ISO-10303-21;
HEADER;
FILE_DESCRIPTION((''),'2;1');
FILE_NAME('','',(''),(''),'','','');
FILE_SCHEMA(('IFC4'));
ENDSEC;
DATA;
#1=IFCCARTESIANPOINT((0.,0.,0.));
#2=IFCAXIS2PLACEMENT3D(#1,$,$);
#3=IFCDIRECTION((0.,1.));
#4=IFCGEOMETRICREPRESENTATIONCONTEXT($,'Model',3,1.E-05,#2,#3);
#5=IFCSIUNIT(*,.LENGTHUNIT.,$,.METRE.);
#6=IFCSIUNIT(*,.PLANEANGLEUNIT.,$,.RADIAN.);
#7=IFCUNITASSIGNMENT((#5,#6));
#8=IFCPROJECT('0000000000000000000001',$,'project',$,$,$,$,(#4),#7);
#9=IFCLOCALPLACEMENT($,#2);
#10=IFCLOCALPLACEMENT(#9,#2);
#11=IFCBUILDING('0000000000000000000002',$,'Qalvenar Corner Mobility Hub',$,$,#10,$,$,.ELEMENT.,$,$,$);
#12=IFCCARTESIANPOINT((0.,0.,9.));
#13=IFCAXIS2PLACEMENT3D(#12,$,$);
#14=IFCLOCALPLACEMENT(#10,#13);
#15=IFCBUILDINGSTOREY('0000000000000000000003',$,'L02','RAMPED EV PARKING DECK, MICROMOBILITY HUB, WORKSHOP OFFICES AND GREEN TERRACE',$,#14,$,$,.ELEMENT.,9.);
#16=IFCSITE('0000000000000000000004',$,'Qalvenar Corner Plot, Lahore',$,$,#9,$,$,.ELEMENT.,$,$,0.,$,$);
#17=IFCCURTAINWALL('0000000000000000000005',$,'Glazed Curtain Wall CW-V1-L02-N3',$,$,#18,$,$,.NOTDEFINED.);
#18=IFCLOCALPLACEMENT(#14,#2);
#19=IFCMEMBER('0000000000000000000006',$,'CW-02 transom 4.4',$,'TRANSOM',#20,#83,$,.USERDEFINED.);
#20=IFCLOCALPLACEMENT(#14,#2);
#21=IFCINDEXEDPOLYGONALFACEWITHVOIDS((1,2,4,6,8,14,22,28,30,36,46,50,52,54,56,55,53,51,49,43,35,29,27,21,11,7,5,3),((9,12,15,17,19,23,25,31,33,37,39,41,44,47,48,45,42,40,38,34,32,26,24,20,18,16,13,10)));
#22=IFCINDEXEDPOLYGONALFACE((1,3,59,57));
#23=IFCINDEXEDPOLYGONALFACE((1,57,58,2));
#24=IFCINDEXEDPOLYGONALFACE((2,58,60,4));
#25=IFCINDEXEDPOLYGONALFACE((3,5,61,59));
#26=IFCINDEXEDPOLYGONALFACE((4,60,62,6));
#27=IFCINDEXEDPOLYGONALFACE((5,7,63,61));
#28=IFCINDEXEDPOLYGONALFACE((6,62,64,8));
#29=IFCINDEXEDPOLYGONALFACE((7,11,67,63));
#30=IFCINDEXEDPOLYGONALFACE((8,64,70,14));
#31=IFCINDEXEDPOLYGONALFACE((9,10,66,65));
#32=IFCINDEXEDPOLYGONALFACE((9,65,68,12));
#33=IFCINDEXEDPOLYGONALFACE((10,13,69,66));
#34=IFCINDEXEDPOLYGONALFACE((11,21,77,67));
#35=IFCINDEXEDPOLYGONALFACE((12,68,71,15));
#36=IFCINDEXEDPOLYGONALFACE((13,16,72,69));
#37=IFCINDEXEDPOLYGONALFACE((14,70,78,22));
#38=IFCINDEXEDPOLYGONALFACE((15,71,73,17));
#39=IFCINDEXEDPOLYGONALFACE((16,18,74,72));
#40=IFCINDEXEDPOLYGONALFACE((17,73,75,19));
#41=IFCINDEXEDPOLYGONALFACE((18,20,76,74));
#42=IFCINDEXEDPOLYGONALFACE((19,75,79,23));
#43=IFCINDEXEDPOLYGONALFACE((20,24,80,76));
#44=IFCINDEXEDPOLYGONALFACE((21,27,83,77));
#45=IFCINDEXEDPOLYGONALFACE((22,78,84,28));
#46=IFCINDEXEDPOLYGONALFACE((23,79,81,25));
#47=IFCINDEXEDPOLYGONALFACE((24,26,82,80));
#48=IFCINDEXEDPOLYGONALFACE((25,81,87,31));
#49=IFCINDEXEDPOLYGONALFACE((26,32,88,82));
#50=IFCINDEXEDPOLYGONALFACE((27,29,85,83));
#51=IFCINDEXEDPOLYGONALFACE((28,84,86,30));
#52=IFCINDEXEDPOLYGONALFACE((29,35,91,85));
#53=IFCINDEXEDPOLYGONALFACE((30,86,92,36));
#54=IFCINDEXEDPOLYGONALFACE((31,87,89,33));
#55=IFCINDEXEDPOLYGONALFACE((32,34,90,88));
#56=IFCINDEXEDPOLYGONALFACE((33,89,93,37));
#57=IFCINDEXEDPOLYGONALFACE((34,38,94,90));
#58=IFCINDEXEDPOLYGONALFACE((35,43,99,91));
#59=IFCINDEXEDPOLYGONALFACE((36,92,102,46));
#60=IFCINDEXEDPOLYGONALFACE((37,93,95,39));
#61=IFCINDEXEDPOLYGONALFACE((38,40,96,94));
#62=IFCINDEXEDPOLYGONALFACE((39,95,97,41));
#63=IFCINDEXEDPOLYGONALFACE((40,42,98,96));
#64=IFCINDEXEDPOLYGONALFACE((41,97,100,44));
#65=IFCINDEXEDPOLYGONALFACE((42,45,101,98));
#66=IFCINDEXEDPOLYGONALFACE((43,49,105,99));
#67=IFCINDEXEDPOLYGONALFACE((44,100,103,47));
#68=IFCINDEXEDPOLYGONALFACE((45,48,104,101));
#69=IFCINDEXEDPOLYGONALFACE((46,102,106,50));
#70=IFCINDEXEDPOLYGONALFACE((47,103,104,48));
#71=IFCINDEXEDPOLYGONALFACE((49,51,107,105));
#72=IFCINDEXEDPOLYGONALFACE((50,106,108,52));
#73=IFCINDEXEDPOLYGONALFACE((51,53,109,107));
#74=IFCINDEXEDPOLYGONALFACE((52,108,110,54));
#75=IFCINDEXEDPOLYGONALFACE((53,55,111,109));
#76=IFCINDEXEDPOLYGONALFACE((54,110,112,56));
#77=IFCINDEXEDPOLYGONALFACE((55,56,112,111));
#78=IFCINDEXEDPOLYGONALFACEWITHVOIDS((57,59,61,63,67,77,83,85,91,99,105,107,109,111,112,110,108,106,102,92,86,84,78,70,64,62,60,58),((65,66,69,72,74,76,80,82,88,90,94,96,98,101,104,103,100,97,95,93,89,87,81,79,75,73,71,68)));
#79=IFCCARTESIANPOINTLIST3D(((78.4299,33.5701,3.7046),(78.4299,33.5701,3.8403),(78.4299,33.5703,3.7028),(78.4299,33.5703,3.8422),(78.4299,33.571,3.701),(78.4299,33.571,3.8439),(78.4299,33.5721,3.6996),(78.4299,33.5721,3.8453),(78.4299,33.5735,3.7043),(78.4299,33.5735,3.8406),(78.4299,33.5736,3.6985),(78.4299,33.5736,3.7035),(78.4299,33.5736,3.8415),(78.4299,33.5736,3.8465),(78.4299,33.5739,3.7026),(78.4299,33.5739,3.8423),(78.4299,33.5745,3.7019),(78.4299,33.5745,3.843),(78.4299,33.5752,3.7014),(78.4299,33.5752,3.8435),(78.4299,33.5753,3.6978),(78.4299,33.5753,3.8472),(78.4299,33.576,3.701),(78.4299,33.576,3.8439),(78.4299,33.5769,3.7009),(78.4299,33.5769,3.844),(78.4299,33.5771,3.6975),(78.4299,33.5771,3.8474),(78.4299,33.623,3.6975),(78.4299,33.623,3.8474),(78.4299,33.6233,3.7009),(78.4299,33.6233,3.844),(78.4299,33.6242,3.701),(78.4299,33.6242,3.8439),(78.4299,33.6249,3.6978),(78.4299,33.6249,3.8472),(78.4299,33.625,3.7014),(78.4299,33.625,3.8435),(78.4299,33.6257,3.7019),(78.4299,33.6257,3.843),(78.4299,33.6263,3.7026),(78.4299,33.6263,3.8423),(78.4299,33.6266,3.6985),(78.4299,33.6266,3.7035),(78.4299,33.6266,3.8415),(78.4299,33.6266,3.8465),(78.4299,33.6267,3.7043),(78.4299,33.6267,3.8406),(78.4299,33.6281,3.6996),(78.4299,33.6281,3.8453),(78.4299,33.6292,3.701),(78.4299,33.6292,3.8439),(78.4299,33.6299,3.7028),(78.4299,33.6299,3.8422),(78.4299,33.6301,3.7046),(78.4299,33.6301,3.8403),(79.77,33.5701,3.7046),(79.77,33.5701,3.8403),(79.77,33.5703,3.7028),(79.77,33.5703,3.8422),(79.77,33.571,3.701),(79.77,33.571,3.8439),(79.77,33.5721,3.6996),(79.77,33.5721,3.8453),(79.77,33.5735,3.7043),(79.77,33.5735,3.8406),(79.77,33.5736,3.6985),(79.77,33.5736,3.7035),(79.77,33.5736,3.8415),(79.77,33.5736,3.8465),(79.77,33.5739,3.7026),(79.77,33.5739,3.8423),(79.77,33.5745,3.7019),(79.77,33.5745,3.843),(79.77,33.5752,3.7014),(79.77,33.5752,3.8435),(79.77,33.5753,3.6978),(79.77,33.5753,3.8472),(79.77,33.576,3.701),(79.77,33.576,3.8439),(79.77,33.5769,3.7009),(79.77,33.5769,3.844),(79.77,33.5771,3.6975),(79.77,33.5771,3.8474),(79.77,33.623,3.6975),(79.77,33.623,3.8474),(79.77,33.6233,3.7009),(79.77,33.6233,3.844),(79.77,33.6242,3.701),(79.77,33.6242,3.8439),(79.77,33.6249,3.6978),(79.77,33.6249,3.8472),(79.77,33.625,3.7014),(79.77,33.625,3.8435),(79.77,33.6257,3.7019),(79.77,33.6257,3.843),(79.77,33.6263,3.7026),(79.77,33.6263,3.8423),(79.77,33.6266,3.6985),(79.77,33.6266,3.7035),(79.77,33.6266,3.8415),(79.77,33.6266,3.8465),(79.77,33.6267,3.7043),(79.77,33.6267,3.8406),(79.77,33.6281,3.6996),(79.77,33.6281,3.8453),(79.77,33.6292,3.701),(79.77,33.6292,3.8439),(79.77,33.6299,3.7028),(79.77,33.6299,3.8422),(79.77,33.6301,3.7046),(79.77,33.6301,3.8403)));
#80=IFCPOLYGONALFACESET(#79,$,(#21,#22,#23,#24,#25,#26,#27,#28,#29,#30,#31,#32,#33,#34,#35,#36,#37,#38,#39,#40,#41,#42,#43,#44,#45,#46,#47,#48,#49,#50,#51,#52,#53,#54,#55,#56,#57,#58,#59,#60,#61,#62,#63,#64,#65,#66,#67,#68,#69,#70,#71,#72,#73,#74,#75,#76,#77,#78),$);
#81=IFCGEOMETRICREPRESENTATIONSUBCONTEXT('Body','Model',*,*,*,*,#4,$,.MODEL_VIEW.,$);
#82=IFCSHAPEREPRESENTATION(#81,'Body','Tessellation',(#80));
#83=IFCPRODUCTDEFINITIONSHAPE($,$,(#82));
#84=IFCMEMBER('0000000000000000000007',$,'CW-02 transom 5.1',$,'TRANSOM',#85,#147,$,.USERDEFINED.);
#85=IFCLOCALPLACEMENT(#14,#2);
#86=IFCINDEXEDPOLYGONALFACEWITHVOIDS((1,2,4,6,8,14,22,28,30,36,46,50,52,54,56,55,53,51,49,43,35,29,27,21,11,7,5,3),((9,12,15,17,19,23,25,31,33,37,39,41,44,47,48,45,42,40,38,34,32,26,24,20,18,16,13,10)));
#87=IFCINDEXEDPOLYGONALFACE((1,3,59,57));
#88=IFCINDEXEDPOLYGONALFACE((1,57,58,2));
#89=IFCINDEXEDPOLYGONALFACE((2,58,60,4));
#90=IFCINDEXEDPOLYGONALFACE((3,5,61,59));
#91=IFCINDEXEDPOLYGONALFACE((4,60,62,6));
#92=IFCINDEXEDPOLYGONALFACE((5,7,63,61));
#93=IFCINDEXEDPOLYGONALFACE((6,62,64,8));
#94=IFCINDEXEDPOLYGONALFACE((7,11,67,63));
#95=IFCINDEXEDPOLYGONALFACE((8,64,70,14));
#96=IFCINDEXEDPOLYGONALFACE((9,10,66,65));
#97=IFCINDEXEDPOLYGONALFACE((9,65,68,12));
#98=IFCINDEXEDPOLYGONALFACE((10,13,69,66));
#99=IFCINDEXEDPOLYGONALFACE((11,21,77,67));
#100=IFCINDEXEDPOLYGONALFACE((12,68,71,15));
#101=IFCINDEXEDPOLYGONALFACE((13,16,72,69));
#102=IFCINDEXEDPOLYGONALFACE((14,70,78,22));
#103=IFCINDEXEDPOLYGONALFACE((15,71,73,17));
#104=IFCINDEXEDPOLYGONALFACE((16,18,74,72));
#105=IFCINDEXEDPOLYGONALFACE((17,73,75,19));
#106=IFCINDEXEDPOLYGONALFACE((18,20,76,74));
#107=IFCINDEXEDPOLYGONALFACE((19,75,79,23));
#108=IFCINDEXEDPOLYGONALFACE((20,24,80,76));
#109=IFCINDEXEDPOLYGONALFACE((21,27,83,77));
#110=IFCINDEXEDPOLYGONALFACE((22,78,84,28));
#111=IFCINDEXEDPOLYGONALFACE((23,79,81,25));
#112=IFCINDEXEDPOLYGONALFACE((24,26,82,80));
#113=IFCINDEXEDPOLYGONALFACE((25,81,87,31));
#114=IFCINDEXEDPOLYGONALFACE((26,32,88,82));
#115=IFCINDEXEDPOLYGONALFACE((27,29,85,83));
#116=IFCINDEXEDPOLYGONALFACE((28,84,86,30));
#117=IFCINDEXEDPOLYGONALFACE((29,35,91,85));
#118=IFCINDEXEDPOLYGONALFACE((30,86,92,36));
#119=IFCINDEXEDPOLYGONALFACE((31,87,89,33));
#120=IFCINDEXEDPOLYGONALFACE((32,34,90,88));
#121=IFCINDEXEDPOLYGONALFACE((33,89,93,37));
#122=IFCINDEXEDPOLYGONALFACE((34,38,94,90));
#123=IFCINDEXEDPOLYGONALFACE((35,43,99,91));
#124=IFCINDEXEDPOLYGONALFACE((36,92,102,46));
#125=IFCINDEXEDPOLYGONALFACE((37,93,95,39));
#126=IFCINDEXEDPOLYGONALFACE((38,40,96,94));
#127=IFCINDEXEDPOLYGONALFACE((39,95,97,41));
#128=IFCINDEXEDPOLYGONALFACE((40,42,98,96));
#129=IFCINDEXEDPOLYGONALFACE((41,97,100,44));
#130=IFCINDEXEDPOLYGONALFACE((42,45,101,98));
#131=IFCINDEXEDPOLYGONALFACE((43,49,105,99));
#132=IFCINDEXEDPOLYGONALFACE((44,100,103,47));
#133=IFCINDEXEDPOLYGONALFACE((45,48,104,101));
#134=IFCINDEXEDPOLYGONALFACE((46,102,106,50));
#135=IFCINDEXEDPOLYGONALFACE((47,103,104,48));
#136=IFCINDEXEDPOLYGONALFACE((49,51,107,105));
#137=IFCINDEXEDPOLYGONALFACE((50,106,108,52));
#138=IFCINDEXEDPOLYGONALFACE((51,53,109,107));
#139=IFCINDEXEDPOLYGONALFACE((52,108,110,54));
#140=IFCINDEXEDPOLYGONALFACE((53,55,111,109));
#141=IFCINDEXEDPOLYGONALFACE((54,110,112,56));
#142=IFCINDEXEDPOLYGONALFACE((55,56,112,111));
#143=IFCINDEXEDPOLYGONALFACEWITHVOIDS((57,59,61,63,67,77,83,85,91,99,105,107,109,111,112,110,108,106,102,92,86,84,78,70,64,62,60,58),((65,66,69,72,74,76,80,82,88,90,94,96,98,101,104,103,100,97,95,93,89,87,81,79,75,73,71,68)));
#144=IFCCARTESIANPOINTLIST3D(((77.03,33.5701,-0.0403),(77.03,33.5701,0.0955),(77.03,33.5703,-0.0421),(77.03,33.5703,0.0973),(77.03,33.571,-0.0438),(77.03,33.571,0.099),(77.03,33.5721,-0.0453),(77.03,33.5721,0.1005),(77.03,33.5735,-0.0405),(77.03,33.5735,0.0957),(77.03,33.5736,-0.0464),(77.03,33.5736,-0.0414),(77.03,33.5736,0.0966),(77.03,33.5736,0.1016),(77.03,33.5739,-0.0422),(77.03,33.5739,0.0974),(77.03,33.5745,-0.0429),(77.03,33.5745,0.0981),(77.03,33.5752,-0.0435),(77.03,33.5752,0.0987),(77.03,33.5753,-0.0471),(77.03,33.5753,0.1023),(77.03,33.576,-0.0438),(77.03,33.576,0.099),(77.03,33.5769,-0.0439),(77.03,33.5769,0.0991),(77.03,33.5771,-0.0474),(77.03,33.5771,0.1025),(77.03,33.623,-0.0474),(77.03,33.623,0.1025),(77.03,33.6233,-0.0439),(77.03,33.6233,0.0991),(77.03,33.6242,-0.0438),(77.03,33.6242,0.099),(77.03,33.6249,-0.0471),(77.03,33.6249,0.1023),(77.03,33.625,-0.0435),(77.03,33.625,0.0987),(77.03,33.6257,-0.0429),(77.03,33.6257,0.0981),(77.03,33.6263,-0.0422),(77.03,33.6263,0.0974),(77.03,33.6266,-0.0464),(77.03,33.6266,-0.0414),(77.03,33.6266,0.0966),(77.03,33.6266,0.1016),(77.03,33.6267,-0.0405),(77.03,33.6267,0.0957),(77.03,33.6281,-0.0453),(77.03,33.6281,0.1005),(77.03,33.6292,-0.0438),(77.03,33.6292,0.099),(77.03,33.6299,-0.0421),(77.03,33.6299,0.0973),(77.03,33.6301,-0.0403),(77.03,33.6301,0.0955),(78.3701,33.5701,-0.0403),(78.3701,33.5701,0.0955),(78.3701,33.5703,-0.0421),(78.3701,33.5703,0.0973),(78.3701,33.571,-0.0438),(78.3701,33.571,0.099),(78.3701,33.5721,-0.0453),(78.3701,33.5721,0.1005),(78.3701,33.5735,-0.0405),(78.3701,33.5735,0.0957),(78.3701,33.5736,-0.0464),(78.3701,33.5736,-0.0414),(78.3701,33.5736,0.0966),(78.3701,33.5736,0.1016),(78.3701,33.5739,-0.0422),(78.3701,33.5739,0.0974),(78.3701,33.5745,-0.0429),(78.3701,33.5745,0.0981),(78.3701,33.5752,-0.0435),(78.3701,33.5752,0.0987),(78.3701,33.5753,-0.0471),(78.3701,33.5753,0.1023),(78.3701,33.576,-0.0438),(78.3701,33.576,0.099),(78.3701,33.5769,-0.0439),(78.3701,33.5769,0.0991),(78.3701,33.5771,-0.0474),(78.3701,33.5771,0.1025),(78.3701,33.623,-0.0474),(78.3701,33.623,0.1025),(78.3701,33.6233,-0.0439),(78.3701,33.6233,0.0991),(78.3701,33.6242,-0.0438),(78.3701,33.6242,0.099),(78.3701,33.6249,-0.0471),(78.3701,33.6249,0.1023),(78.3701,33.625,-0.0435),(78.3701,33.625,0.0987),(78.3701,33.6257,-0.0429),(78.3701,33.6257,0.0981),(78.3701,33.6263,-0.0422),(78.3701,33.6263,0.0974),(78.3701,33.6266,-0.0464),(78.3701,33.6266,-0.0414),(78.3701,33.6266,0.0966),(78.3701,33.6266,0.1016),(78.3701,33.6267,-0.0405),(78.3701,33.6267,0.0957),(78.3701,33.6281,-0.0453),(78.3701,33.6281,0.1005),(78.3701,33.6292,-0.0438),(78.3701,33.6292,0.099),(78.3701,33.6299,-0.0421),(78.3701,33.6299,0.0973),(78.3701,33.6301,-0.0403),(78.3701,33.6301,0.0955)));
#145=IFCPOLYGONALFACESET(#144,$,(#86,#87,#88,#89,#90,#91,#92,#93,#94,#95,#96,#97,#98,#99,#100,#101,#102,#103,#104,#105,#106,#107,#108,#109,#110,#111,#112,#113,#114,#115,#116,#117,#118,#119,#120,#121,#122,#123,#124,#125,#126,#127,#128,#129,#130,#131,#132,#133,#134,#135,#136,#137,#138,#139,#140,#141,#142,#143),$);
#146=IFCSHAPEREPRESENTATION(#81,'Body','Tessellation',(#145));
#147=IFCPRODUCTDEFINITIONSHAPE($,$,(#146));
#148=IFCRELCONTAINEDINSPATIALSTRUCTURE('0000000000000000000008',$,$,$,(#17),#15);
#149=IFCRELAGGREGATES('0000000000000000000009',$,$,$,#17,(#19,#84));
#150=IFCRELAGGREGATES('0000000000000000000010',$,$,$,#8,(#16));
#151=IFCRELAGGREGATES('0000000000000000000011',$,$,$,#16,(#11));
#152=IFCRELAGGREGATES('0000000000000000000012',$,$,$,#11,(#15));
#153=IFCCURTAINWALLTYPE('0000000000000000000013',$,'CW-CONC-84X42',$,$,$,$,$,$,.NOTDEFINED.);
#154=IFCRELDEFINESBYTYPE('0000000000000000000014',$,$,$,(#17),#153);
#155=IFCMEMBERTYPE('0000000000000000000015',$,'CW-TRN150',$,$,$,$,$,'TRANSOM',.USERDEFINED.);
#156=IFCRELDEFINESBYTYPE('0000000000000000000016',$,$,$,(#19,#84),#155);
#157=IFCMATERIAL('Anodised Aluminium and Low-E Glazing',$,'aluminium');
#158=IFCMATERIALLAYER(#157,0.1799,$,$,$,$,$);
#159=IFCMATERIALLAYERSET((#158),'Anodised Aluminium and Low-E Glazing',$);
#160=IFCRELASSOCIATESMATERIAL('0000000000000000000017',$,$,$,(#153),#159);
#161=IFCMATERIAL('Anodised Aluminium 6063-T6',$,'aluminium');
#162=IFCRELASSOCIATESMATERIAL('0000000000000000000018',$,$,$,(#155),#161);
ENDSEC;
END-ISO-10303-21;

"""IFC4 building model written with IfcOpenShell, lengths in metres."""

from ifc_helpers import new_model, si_unit, direction, frame, origin, origin_2d, place, context, subcontext, project, spatial, hollow_rectangle, extrude, material, layer, layer_set, material_profile, profile_set, type_object, element, aggregate, save


model = new_model("IFC4")

# Units and contexts
model_context = context("Model", 3, precision=1e-05, world=origin(), true_north=direction((0.0, 1.0)))
body_context = subcontext(model_context, "Body", "Model", "MODEL_VIEW")
ifc_project = project(units=[si_unit("LENGTHUNIT", "METRE"), si_unit("PLANEANGLEUNIT", "RADIAN")], contexts=[model_context])

# Site, building, storey
site_placement = place(None, origin())
site = spatial("IfcSite", under=ifc_project, at=site_placement, Name="Qalvenar Corner Plot, Lahore", CompositionType="ELEMENT", RefElevation=0.0)
building_placement = place(site_placement, origin())
building = spatial("IfcBuilding", under=site, at=building_placement, Name="Qalvenar Corner Mobility Hub", CompositionType="ELEMENT")
storey_placement = place(building_placement, frame((0.0, 0.0, 9.0)))
storey = spatial("IfcBuildingStorey", under=building, at=storey_placement, Name="L02", Description="RAMPED EV PARKING DECK, MICROMOBILITY HUB, WORKSHOP OFFICES AND GREEN TERRACE", CompositionType="ELEMENT", Elevation=9.0)

# Curtain wall, members
ifc_material_1 = material(Name="Anodised Aluminium and Low-E Glazing", Category="aluminium")
ifc_layer_1 = layer(ifc_material_1, 0.1799)
ifc_layer_set_1 = layer_set([ifc_layer_1], Name="Anodised Aluminium and Low-E Glazing")
curtain_wall_type = type_object("IfcCurtainWallType", Name="CW-CONC-84X42", PredefinedType="NOTDEFINED", material=ifc_layer_set_1)
curtain_wall_placement = place(storey_placement, origin())
curtain_wall = element("IfcCurtainWall", 1, at=curtain_wall_placement, inside=storey, type_object=curtain_wall_type, Name="Glazed Curtain Wall CW-V1-L02-N3", PredefinedType="NOTDEFINED")
ifc_material_2 = material(Name="Anodised Aluminium 6063-T6", Category="aluminium")
ifc_material_profile_1 = material_profile(ifc_material_2, hollow_rectangle(XDim=0.0601, YDim=0.1499, WallThickness=0.0034, InnerFilletRadius=0.0034, OuterFilletRadius=0.0071, at=origin_2d()), Name="RHS150x60x3.5")
ifc_profile_set_1 = profile_set([ifc_material_profile_1], Name="Anodised Aluminium 6063-T6")
member_type_1 = type_object("IfcMemberType", Name="CW-TRN150", ElementType="TRANSOM", PredefinedType="USERDEFINED", material=ifc_profile_set_1)
member_1_placement = place(storey_placement, frame((79.77, 33.6001, 3.7725), z_axis=(-1.0, 0.0, 0.0), x_axis=(0.0, -1.0, 0.0)))
member_1 = element("IfcMember", 2, at=member_1_placement, type_object=member_type_1, Name="CW-02 transom 4.4", ObjectType="TRANSOM", PredefinedType="USERDEFINED", context=body_context, shape_type="SweptSolid", body=[
    extrude(hollow_rectangle(XDim=0.0601, YDim=0.1499, WallThickness=0.0034, InnerFilletRadius=0.0034, OuterFilletRadius=0.0071, at=origin_2d()), origin(), (0.0, 0.0, 1.0), 1.3401),
])
member_2_placement = place(storey_placement, frame((78.3701, 33.6001, 0.0276), z_axis=(-1.0, 0.0, 0.0), x_axis=(0.0, -1.0, 0.0)))
member_2 = element("IfcMember", 3, at=member_2_placement, type_object=member_type_1, Name="CW-02 transom 5.1", ObjectType="TRANSOM", PredefinedType="USERDEFINED", context=body_context, shape_type="SweptSolid", body=[
    extrude(hollow_rectangle(XDim=0.0601, YDim=0.1499, WallThickness=0.0034, InnerFilletRadius=0.0034, OuterFilletRadius=0.0071, at=origin_2d()), origin(), (0.0, 0.0, 1.0), 1.3401),
])
aggregate(curtain_wall, [member_1, member_2])

save(model, "model.ifc")
